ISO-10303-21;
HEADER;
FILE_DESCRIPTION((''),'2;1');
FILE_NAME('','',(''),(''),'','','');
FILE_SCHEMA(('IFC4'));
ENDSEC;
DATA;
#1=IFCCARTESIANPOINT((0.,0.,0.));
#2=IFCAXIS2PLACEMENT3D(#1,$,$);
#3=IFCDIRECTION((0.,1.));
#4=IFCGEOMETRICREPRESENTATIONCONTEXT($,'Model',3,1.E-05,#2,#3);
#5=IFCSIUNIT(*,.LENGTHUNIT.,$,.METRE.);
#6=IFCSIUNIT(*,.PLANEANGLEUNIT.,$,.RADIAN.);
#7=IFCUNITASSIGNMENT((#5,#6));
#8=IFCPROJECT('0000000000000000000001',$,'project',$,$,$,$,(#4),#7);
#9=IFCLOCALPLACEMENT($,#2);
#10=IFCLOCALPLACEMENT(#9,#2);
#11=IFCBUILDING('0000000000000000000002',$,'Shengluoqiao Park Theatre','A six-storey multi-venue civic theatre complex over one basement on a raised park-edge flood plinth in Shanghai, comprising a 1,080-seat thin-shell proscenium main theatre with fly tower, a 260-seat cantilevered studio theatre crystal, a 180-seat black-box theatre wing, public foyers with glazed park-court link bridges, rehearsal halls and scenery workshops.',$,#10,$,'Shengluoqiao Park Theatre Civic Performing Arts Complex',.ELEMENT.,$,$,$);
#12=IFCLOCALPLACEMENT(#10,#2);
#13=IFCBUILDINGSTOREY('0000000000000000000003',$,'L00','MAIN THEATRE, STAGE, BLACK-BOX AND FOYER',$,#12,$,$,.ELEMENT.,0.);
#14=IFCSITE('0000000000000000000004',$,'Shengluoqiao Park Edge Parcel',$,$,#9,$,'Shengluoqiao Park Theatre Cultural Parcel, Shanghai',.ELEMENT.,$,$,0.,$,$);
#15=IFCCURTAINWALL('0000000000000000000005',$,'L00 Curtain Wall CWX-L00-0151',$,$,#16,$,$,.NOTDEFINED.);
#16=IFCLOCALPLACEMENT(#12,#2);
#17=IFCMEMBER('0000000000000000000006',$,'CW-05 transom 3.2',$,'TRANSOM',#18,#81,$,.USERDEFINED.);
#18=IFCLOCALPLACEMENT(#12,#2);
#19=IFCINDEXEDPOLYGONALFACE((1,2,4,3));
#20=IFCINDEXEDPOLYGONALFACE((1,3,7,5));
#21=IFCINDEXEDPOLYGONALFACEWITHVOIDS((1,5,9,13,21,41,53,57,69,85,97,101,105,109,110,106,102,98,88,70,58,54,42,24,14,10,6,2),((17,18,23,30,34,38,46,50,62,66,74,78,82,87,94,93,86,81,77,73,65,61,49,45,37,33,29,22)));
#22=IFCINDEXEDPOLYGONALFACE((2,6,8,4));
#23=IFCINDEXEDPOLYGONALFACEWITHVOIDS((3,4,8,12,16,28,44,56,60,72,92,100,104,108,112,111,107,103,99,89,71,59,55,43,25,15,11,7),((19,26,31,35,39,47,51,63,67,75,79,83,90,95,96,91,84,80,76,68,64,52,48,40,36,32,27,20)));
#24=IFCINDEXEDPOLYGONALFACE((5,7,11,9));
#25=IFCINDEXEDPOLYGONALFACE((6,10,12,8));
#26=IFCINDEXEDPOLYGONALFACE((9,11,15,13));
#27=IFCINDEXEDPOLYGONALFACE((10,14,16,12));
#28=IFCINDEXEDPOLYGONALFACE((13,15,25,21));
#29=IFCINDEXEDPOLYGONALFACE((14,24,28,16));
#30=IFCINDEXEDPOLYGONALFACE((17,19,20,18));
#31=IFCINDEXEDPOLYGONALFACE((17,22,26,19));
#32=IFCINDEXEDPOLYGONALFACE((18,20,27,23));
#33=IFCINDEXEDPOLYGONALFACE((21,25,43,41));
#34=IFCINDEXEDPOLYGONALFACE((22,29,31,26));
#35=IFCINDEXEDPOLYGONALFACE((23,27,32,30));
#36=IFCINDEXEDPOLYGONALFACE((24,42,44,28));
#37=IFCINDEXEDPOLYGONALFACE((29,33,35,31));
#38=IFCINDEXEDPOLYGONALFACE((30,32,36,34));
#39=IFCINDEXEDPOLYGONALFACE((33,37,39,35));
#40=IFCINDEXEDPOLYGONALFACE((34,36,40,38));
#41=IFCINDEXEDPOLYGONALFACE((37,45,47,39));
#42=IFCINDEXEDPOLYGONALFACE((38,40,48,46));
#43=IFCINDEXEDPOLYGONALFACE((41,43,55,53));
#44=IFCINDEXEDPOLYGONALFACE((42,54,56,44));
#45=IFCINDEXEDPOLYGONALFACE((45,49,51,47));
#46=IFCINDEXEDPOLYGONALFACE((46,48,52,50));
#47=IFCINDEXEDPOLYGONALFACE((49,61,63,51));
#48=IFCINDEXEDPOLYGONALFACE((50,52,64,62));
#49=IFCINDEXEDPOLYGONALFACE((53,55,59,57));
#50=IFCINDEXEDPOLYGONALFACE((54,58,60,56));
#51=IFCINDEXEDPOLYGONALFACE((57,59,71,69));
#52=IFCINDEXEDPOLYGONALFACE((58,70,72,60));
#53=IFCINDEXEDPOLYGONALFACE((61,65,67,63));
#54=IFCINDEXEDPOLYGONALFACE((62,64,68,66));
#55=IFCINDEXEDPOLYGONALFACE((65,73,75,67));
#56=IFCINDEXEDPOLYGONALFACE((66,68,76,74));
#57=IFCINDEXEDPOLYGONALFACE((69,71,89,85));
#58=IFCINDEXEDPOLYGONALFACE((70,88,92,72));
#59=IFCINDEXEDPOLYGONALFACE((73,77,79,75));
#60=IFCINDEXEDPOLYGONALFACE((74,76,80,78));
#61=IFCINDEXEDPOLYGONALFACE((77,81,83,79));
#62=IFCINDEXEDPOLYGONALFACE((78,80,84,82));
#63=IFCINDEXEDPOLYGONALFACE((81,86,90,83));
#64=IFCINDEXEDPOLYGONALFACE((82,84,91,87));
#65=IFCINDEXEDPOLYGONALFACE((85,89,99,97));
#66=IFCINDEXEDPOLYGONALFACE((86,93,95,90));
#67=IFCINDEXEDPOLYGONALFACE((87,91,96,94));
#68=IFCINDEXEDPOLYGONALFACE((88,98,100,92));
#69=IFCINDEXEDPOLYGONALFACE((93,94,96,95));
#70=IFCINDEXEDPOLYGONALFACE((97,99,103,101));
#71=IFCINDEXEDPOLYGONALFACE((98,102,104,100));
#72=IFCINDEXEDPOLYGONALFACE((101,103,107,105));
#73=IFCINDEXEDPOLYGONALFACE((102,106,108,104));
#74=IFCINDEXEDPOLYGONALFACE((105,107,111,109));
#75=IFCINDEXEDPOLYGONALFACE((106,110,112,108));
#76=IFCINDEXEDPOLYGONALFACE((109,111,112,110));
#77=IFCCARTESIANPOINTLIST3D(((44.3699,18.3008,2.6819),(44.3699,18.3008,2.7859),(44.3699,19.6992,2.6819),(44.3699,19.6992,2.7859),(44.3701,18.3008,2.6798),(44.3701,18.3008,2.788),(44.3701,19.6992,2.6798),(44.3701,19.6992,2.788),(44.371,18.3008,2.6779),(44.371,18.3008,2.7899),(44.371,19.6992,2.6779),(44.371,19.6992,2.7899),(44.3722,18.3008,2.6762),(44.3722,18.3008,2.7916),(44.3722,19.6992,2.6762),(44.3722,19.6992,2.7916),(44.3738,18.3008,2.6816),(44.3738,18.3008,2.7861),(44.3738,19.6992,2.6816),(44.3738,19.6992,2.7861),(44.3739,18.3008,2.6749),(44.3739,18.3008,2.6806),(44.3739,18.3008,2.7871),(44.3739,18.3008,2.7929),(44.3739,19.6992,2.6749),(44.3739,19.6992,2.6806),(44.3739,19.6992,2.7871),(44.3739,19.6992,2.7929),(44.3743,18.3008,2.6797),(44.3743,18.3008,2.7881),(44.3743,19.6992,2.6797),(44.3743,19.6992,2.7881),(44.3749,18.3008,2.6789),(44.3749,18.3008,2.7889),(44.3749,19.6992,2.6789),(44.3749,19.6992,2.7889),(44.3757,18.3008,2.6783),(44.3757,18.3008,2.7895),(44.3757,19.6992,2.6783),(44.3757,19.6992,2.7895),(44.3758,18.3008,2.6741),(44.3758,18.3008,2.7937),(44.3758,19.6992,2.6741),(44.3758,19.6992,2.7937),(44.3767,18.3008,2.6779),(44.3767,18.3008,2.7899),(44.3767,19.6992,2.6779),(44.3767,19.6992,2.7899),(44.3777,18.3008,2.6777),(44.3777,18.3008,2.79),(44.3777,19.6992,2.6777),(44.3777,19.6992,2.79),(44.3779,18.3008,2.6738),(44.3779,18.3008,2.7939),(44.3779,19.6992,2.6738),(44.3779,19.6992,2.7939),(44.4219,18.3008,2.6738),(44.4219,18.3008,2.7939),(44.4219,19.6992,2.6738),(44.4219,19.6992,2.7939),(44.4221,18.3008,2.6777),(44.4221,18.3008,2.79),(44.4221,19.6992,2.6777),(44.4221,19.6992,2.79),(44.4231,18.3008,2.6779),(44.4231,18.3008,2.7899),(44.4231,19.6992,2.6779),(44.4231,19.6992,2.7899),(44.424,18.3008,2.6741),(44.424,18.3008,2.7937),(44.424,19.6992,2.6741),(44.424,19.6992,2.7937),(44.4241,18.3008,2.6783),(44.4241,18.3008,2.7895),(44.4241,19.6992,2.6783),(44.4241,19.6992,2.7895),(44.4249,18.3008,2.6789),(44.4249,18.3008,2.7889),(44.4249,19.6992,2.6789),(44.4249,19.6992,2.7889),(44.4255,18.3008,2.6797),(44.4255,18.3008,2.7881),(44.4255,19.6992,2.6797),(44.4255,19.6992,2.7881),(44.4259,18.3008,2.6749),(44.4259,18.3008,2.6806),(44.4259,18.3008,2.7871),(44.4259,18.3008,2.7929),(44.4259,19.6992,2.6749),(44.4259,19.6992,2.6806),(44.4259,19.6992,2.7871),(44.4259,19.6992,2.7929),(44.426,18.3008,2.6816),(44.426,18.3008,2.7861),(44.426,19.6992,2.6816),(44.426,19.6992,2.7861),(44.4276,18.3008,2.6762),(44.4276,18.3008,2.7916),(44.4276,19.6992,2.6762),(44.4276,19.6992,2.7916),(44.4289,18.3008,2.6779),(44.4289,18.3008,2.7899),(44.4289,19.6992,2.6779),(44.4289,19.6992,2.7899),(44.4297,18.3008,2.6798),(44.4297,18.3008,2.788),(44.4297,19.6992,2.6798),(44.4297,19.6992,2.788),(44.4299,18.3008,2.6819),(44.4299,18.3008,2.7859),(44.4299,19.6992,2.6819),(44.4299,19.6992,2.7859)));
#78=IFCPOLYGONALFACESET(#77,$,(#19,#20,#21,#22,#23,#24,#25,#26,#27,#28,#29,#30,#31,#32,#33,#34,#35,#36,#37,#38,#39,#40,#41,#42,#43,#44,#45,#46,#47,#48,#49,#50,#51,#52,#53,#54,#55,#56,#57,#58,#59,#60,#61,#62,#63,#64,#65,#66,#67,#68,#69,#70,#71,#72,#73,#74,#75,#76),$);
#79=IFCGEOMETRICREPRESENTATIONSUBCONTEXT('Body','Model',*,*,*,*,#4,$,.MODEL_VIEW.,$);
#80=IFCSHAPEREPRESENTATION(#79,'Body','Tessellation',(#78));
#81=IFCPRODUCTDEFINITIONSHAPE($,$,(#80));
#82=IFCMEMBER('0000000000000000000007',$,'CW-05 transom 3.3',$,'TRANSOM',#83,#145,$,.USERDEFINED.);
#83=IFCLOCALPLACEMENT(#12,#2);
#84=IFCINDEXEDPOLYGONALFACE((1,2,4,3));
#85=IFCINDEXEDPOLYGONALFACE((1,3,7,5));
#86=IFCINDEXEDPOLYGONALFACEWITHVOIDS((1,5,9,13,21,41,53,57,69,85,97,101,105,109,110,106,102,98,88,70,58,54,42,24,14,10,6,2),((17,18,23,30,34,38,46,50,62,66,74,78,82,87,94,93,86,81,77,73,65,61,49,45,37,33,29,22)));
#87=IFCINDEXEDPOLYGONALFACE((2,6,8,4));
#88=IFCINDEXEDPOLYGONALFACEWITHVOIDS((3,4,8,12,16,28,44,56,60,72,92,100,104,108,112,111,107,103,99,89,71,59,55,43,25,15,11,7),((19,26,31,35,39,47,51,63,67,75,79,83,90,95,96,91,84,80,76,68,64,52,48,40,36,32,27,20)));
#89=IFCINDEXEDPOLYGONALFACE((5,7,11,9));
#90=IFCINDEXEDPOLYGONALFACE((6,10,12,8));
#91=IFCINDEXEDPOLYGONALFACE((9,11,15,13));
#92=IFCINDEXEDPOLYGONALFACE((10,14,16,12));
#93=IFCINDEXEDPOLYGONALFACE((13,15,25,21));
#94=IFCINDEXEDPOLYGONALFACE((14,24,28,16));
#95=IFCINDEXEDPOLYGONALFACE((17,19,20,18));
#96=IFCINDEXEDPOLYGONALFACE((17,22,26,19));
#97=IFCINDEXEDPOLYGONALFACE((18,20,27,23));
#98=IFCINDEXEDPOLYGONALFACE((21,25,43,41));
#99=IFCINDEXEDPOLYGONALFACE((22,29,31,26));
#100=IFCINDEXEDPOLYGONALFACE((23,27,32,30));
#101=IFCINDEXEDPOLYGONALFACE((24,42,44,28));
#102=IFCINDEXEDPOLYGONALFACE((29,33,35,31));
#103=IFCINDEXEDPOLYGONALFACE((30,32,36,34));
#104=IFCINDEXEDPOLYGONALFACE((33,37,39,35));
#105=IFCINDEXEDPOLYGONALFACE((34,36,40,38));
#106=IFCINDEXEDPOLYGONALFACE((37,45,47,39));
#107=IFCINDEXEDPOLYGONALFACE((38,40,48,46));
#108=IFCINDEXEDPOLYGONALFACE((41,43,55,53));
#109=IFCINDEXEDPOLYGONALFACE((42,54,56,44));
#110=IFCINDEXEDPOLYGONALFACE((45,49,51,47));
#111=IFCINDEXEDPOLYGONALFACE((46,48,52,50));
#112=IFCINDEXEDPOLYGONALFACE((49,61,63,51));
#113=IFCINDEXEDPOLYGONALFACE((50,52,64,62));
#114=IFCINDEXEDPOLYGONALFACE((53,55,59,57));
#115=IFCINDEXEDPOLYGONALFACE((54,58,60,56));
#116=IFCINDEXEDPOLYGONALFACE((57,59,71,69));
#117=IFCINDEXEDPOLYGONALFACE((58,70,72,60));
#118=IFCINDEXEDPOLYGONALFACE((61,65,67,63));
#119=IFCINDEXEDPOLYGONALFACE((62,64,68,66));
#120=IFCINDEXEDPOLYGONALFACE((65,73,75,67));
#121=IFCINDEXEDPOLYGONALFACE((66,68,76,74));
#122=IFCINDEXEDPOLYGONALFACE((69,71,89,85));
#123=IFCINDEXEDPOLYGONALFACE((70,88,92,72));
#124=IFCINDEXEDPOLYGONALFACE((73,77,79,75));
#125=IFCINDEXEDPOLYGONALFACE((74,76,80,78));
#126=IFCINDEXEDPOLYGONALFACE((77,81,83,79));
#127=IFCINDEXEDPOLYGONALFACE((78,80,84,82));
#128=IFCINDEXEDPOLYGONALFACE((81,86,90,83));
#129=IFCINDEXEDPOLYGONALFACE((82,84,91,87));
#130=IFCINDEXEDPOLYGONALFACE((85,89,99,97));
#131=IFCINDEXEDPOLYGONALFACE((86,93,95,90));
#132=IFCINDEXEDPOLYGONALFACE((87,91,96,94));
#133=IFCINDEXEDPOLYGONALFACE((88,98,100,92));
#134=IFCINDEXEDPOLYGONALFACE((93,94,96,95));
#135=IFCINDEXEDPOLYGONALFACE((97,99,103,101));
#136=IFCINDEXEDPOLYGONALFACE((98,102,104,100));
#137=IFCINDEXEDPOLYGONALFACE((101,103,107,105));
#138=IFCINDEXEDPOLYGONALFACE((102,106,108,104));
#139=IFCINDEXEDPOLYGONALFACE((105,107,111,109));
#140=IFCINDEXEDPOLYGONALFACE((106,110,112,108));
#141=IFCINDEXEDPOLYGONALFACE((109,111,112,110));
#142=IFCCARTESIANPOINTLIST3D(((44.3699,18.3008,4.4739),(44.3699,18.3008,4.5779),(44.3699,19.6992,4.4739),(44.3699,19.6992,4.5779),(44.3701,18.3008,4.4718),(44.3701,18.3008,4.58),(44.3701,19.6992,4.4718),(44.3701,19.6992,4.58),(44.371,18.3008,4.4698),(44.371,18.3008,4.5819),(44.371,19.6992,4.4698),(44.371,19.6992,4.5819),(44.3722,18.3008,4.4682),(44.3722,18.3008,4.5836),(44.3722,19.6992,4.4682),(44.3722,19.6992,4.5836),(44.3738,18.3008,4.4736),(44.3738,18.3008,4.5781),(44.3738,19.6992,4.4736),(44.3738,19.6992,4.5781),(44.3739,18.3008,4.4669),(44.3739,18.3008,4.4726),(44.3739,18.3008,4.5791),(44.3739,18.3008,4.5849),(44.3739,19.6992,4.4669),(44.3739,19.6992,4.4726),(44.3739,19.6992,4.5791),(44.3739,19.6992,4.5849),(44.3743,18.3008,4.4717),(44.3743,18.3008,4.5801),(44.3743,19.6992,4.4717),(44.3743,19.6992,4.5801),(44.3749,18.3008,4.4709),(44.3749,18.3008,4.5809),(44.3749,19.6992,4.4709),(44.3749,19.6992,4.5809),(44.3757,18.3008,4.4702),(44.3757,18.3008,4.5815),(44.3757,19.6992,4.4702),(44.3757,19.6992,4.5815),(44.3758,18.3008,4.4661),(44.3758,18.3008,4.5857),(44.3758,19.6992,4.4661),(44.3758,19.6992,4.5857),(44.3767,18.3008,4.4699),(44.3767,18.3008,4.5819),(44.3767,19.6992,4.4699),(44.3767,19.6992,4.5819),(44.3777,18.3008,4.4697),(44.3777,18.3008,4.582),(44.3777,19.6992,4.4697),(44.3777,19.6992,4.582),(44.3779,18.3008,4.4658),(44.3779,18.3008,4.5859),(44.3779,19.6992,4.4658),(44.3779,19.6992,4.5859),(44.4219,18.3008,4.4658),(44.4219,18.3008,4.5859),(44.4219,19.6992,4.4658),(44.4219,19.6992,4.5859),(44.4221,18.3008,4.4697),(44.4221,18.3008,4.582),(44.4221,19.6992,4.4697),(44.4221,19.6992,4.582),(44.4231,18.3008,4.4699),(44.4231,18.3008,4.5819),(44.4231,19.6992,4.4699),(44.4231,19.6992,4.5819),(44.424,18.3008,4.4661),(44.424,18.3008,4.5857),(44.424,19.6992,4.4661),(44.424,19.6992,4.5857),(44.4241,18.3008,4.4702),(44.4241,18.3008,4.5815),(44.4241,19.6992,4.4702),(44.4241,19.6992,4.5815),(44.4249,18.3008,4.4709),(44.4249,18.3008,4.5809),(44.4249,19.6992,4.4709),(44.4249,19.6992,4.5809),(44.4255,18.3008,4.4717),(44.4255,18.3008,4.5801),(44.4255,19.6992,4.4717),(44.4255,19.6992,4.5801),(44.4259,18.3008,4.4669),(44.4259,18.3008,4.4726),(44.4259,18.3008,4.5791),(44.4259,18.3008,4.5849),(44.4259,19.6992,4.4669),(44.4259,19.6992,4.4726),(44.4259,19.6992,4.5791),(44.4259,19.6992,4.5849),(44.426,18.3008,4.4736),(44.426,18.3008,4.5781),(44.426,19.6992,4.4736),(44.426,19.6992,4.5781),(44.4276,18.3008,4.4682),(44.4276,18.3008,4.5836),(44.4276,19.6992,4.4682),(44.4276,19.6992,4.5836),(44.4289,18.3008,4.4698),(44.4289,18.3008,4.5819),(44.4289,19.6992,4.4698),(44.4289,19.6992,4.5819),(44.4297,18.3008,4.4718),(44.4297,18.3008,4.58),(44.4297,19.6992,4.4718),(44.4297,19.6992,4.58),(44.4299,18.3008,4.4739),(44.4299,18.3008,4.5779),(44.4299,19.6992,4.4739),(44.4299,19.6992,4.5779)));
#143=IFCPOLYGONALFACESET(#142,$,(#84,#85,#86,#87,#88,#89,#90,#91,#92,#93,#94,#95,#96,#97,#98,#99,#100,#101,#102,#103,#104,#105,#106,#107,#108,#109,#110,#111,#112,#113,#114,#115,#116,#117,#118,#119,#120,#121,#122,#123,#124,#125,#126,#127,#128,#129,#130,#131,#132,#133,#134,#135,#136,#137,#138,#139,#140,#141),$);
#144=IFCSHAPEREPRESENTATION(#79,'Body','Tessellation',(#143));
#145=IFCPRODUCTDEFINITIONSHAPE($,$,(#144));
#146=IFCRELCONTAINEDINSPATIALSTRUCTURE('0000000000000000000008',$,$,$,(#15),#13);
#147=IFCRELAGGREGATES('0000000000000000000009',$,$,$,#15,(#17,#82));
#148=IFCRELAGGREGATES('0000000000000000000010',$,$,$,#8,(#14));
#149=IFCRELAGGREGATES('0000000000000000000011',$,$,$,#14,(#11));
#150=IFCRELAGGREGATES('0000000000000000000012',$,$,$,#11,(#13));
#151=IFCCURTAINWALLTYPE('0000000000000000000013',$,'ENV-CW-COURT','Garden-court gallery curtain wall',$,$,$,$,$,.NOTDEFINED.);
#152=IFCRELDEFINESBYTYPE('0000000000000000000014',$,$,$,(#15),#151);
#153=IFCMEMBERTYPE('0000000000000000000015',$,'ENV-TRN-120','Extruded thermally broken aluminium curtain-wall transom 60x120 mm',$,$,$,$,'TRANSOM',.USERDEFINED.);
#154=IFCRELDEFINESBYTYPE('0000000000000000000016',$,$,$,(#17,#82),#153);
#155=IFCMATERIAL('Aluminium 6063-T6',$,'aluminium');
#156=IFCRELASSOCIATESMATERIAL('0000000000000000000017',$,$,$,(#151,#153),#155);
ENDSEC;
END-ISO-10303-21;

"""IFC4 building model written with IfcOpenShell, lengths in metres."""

from ifc_helpers import new_model, si_unit, direction, frame, origin, origin_2d, place, context, subcontext, project, spatial, hollow_rectangle, extrude, material, material_profile, profile_set, type_object, element, aggregate, save


model = new_model("IFC4")

# Units and contexts
model_context = context("Model", 3, precision=1e-05, world=origin(), true_north=direction((0.0, 1.0)))
body_context = subcontext(model_context, "Body", "Model", "MODEL_VIEW")
ifc_project = project(units=[si_unit("LENGTHUNIT", "METRE"), si_unit("PLANEANGLEUNIT", "RADIAN")], contexts=[model_context])

# Site, building, storey
site_placement = place(None, origin())
site = spatial("IfcSite", under=ifc_project, at=site_placement, Name="Shengluoqiao Park Edge Parcel", LongName="Shengluoqiao Park Theatre Cultural Parcel, Shanghai", CompositionType="ELEMENT", RefElevation=0.0)
building_placement = place(site_placement, origin())
building = spatial("IfcBuilding", under=site, at=building_placement, Name="Shengluoqiao Park Theatre", Description="A six-storey multi-venue civic theatre complex over one basement on a raised park-edge flood plinth in Shanghai, comprising a 1,080-seat thin-shell proscenium main theatre with fly tower, a 260-seat cantilevered studio theatre crystal, a 180-seat black-box theatre wing, public foyers with glazed park-court link bridges, rehearsal halls and scenery workshops.", LongName="Shengluoqiao Park Theatre Civic Performing Arts Complex", CompositionType="ELEMENT")
storey_placement = place(building_placement, origin())
storey = spatial("IfcBuildingStorey", under=building, at=storey_placement, Name="L00", Description="MAIN THEATRE, STAGE, BLACK-BOX AND FOYER", CompositionType="ELEMENT", Elevation=0.0)

# Shared definitions
ifc_material_1 = material(Name="Aluminium 6063-T6", Category="aluminium")
curtain_wall_type = type_object("IfcCurtainWallType", Name="ENV-CW-COURT", Description="Garden-court gallery curtain wall", PredefinedType="NOTDEFINED", material=ifc_material_1)

# Curtain wall
curtain_wall_1_placement = place(storey_placement, origin())
curtain_wall_1 = element("IfcCurtainWall", 1, at=curtain_wall_1_placement, inside=storey, type_object=curtain_wall_type, Name="L00 Curtain Wall CWX-L00-0151", PredefinedType="NOTDEFINED")

# Members
ifc_material_profile_1 = material_profile(ifc_material_1, hollow_rectangle(XDim=0.0601, YDim=0.1201, WallThickness=0.0039, InnerFilletRadius=0.0039, OuterFilletRadius=0.0081, at=origin_2d()), Name="ALU TRANSOM 120x60x4")
ifc_profile_set_1 = profile_set([ifc_material_profile_1], Name="Aluminium 6063-T6")
member_type_1 = type_object("IfcMemberType", Name="ENV-TRN-120", Description="Extruded thermally broken aluminium curtain-wall transom 60x120 mm", ElementType="TRANSOM", PredefinedType="USERDEFINED", material=ifc_profile_set_1)
member_1_placement = place(storey_placement, frame((44.3999, 18.3008, 2.7339), z_axis=(0.0, 1.0, 0.0), x_axis=(-1.0, 0.0, 0.0)))
member_1 = element("IfcMember", 2, at=member_1_placement, type_object=member_type_1, Name="CW-05 transom 3.2", ObjectType="TRANSOM", PredefinedType="USERDEFINED", context=body_context, shape_type="SweptSolid", body=[
    extrude(hollow_rectangle(XDim=0.0601, YDim=0.1201, WallThickness=0.0039, InnerFilletRadius=0.0039, OuterFilletRadius=0.0081, at=origin_2d()), origin(), (0.0, 0.0, 1.0), 1.3984),
])
member_2_placement = place(storey_placement, frame((44.3999, 18.3008, 4.5259), z_axis=(0.0, 1.0, 0.0), x_axis=(-1.0, 0.0, 0.0)))
member_2 = element("IfcMember", 3, at=member_2_placement, type_object=member_type_1, Name="CW-05 transom 3.3", ObjectType="TRANSOM", PredefinedType="USERDEFINED", context=body_context, shape_type="SweptSolid", body=[
    extrude(hollow_rectangle(XDim=0.0601, YDim=0.1201, WallThickness=0.0039, InnerFilletRadius=0.0039, OuterFilletRadius=0.0081, at=origin_2d()), origin(), (0.0, 0.0, 1.0), 1.3984),
])

aggregate(curtain_wall_1, [member_1, member_2])

save(model, "model.ifc")
